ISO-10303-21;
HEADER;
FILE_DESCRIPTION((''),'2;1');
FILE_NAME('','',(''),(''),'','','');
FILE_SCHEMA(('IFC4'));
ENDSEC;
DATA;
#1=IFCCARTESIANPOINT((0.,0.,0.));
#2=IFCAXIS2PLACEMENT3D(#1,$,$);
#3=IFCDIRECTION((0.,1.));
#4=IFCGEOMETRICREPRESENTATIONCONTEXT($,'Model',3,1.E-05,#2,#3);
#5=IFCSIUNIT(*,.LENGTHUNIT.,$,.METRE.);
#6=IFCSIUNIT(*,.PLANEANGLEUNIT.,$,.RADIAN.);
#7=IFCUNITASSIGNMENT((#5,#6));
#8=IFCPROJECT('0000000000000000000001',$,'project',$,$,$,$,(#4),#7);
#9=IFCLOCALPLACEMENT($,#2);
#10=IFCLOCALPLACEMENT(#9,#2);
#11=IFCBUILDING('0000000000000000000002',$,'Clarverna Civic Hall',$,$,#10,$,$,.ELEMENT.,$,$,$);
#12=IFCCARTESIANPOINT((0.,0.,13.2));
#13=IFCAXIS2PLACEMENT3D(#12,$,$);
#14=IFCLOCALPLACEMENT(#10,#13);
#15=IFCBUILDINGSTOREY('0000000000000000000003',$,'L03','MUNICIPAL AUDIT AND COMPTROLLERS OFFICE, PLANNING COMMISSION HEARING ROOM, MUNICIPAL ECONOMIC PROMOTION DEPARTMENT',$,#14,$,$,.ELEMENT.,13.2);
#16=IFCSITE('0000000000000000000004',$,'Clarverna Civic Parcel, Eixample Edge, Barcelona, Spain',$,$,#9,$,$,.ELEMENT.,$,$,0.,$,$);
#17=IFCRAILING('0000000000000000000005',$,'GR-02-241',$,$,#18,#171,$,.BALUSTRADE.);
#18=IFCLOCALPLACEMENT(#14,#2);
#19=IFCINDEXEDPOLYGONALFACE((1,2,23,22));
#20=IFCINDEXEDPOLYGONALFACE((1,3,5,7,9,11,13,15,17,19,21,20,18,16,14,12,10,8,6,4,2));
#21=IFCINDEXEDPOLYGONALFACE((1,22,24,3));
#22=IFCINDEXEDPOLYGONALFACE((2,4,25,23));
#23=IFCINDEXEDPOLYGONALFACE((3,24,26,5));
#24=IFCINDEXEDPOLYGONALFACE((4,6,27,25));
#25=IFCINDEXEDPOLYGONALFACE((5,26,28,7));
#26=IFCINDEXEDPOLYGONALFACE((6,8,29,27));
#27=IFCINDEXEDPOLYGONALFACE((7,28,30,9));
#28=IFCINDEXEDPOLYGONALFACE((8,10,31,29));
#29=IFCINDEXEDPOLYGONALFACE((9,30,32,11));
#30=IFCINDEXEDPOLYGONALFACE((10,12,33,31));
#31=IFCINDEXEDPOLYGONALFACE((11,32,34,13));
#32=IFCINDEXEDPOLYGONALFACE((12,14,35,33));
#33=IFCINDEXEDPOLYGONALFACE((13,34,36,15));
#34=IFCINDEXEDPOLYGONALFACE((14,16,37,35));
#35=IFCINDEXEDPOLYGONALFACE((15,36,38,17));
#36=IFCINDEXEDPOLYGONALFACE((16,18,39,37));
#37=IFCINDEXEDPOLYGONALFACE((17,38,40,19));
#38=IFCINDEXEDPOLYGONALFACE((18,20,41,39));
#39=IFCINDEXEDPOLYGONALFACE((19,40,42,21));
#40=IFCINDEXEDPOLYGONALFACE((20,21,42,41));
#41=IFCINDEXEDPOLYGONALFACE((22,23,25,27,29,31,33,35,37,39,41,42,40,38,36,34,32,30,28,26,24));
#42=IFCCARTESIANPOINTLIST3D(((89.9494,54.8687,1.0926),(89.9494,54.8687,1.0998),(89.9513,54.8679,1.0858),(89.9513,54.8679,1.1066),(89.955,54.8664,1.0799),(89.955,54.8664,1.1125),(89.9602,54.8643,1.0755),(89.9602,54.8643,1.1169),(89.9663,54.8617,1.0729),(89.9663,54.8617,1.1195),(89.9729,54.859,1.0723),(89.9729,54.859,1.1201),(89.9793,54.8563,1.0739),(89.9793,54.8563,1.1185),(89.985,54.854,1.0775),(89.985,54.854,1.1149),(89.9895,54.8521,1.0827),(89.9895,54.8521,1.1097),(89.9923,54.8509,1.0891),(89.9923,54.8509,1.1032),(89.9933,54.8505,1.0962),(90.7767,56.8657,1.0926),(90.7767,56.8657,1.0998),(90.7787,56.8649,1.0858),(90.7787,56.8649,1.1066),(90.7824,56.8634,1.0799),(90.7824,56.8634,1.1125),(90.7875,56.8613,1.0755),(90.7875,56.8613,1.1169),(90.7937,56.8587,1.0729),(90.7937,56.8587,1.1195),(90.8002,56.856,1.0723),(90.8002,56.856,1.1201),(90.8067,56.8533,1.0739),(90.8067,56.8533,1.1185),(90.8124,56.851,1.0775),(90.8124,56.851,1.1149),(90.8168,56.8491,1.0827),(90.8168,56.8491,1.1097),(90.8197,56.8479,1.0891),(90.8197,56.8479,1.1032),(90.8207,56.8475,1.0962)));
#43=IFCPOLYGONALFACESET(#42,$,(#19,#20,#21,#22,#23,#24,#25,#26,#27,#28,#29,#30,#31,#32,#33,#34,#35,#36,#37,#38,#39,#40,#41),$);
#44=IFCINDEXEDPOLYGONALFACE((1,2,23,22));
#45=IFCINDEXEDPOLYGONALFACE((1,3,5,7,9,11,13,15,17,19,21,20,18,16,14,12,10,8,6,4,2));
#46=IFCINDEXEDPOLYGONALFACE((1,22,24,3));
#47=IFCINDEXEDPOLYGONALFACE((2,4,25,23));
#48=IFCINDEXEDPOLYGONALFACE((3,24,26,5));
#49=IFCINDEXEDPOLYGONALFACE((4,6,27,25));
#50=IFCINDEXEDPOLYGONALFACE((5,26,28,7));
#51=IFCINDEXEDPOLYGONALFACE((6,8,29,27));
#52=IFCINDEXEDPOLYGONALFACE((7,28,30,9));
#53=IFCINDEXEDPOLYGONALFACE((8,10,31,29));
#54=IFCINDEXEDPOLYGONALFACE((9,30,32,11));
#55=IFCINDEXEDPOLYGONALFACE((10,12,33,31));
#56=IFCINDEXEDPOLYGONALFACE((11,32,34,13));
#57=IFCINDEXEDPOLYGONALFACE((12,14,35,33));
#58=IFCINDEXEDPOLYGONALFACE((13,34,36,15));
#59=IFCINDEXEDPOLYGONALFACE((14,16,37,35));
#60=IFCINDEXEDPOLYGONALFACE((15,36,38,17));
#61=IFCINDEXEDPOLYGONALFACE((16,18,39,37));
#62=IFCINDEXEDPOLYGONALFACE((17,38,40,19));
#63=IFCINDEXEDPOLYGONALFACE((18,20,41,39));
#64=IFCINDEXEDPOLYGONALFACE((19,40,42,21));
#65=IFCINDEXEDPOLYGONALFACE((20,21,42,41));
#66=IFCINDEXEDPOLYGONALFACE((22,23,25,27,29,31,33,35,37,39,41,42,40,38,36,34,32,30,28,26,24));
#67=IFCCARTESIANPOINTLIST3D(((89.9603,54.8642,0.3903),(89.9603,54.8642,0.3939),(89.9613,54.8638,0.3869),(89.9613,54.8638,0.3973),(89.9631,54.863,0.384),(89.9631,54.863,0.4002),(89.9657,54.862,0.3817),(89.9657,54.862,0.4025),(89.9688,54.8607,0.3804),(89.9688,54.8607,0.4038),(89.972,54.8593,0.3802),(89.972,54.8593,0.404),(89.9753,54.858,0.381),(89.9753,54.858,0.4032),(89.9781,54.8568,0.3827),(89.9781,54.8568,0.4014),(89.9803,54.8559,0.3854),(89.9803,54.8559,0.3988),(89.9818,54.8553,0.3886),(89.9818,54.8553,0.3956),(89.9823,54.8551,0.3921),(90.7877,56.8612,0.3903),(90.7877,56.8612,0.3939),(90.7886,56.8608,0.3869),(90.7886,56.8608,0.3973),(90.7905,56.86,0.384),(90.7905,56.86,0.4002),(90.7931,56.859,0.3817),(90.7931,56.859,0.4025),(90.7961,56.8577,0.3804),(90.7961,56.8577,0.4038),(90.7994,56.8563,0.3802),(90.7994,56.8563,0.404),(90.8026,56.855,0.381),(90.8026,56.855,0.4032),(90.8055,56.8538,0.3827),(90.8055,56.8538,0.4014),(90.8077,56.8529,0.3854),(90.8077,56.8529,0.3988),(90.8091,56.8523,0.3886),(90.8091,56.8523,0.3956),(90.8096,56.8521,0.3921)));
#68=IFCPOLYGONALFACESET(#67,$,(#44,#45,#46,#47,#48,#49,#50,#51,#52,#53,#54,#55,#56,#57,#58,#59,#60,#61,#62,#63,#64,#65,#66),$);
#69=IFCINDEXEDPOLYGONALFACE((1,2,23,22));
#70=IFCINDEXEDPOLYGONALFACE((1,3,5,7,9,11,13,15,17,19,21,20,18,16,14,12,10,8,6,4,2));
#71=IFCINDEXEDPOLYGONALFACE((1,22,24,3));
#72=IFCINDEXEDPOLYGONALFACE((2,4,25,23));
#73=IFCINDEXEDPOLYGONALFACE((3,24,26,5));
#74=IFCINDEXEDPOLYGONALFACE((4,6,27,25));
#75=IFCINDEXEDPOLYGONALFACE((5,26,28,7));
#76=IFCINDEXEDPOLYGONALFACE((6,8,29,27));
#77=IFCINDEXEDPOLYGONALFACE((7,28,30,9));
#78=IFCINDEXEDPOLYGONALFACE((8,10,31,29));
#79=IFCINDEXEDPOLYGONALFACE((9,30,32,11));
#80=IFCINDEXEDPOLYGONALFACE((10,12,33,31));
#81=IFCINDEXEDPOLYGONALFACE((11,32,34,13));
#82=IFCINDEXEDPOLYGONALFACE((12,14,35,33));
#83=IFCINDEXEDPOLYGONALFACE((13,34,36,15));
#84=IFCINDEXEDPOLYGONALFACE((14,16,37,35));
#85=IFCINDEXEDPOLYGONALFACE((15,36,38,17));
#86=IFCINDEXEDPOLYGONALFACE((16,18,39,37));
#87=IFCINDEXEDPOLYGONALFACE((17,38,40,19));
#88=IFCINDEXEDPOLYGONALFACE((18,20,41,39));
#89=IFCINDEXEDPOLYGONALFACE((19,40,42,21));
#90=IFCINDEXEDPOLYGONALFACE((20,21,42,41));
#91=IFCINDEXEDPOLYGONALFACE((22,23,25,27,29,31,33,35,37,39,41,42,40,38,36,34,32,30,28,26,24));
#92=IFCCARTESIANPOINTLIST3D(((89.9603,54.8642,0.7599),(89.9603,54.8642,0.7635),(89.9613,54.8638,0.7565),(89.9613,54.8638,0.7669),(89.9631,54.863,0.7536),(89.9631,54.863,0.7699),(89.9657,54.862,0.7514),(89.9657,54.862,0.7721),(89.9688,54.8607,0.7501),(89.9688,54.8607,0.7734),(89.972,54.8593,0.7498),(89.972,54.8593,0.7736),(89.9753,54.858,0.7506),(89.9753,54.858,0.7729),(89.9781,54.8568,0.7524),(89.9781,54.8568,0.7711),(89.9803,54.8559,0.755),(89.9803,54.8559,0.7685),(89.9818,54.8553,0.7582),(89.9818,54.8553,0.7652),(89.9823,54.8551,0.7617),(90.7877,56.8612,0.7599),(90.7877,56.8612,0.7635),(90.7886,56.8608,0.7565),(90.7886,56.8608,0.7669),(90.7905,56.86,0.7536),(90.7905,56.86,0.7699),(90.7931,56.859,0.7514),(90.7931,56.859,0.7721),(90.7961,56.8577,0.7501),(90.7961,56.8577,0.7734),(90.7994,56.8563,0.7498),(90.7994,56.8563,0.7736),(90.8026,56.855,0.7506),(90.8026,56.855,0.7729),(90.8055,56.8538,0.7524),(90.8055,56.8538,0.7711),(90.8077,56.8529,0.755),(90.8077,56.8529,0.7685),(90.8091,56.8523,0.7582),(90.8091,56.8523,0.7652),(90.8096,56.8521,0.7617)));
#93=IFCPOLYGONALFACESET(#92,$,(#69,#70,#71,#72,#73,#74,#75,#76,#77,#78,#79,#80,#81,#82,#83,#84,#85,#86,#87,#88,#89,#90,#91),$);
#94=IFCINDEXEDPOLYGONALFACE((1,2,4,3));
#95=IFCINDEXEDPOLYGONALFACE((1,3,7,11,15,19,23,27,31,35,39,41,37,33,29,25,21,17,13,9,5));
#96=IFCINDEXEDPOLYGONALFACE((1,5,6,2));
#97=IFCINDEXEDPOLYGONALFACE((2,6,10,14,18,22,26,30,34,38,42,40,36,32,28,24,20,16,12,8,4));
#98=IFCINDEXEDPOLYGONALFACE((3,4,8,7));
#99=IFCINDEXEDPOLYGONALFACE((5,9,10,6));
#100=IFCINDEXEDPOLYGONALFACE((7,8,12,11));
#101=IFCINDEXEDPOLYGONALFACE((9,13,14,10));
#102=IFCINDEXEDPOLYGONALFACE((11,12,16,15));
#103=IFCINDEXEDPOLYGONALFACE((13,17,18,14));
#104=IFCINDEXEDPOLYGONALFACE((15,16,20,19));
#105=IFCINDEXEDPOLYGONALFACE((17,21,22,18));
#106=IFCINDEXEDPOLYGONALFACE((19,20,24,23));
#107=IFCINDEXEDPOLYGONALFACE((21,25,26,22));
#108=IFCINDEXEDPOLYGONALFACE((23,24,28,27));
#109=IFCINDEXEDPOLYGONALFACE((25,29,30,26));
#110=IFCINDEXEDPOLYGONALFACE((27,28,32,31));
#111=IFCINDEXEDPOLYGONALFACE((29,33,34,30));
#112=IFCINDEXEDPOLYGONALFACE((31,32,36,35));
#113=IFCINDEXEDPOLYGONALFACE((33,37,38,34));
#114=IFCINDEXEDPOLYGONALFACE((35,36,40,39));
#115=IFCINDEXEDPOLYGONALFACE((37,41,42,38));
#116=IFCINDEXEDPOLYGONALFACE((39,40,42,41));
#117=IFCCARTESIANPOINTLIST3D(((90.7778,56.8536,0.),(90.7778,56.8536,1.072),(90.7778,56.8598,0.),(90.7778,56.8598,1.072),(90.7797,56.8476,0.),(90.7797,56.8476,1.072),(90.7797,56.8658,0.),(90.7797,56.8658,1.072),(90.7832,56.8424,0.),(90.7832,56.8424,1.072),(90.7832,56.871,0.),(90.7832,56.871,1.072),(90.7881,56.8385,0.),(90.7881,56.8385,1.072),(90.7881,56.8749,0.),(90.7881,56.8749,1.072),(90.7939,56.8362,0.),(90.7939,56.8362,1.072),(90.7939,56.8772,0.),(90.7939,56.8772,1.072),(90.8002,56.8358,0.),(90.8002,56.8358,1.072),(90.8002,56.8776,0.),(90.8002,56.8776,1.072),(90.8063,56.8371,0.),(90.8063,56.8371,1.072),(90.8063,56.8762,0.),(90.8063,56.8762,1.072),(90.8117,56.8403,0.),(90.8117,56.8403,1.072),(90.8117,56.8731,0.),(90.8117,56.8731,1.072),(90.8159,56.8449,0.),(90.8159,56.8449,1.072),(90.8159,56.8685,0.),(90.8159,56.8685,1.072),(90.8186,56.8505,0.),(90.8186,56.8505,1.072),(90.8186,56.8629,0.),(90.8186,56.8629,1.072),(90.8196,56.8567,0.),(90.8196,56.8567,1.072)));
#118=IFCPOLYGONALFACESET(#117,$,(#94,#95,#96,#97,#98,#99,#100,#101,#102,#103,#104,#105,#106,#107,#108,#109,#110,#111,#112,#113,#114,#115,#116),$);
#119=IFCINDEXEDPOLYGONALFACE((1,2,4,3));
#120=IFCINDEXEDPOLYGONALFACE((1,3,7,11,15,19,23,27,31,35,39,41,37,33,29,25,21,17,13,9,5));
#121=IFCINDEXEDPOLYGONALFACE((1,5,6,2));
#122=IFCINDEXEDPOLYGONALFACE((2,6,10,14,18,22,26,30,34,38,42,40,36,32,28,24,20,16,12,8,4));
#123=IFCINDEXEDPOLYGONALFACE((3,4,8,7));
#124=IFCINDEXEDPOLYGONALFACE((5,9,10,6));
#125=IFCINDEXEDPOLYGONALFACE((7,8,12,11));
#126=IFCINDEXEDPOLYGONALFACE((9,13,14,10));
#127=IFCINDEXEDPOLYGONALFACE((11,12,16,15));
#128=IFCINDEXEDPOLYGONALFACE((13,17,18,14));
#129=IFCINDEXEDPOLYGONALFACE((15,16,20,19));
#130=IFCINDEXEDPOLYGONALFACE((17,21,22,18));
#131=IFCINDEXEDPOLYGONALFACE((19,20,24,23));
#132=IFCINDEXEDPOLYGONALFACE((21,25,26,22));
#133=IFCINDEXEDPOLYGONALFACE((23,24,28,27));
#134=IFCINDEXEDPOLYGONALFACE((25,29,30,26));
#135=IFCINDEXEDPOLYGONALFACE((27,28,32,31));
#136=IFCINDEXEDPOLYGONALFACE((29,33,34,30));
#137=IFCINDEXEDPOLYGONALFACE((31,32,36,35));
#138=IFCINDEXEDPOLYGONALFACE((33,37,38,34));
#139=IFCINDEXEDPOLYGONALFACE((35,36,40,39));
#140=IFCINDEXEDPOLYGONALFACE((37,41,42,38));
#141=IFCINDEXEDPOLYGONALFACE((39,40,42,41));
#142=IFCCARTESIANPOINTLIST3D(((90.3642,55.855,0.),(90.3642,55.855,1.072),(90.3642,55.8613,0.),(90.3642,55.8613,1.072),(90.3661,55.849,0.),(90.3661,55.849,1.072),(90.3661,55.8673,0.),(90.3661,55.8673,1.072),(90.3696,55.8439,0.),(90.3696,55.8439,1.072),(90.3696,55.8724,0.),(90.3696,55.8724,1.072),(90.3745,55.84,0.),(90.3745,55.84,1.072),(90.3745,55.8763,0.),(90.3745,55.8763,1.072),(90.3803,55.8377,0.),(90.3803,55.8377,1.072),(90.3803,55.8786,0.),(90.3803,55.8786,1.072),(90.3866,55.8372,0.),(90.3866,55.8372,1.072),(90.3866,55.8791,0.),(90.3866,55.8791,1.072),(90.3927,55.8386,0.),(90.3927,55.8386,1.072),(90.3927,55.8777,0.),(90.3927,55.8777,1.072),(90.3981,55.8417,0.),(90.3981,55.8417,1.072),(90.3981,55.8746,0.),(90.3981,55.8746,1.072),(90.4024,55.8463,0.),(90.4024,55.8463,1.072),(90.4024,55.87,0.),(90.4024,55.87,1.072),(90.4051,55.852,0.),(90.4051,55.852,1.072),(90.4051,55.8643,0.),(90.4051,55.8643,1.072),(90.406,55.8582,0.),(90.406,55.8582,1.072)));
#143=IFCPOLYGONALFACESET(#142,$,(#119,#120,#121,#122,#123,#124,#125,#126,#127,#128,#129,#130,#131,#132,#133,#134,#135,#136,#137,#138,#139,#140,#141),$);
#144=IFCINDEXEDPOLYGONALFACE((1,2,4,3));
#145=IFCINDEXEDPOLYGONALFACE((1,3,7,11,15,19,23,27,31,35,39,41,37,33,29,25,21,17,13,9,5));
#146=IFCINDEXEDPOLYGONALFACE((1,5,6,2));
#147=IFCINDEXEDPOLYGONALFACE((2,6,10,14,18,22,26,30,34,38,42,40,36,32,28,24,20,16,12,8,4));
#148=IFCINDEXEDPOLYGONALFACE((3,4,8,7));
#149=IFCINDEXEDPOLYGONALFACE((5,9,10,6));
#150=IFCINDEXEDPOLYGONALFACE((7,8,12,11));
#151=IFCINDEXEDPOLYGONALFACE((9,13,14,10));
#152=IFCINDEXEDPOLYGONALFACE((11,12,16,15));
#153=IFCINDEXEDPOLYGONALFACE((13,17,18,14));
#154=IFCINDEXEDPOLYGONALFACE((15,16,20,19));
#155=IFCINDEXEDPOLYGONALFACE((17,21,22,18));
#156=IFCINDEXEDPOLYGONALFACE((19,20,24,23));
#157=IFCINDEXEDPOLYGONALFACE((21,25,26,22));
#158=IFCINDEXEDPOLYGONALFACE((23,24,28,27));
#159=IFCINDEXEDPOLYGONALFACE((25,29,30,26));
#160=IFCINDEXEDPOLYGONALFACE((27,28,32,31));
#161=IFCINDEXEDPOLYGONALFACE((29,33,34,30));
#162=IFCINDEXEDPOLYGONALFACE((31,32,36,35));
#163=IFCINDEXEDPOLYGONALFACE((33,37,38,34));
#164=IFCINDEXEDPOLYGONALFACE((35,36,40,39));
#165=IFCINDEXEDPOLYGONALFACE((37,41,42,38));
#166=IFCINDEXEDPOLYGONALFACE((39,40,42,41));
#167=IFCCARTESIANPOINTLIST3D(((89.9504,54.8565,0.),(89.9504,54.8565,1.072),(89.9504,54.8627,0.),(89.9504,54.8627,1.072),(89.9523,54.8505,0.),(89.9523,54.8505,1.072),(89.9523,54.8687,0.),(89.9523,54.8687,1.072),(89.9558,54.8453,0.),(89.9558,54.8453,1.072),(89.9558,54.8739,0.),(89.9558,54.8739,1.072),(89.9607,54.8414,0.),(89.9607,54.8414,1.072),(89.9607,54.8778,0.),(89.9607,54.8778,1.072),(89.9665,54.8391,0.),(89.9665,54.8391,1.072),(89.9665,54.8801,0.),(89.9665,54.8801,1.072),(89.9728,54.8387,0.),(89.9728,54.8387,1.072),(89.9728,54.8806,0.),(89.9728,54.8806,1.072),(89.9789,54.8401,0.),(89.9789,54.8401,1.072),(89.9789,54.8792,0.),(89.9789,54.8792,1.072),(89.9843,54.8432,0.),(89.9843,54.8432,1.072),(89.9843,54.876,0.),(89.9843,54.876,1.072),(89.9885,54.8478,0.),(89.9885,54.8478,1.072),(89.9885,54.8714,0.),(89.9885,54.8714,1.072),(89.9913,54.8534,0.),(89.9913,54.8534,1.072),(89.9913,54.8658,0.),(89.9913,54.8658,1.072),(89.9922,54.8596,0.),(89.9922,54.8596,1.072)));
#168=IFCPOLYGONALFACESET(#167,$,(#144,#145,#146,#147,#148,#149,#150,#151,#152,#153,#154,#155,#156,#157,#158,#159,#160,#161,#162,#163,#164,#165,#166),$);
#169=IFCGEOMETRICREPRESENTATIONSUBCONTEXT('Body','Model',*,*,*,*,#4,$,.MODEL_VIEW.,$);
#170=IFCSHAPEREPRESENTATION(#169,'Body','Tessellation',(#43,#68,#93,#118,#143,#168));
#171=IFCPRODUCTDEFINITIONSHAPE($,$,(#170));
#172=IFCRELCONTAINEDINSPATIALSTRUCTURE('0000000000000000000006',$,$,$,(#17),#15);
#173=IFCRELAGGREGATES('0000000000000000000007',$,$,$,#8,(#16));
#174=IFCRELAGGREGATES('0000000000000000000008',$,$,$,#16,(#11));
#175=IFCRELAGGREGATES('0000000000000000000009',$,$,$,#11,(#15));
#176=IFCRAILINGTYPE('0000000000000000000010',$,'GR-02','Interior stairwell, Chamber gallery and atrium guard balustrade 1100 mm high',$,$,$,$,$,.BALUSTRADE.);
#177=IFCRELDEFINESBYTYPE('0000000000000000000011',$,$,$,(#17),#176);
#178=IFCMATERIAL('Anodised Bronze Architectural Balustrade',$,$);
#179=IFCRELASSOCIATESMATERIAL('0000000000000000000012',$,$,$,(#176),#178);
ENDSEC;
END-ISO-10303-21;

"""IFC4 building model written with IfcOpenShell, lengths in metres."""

from ifc_helpers import new_model, si_unit, direction, frame, origin, origin_2d, place, context, subcontext, project, spatial, circle, extrude, material, type_object, element, save


model = new_model("IFC4")

# Units and contexts
model_context = context("Model", 3, precision=1e-05, world=origin(), true_north=direction((0.0, 1.0)))
body_context = subcontext(model_context, "Body", "Model", "MODEL_VIEW")
ifc_project = project(units=[si_unit("LENGTHUNIT", "METRE"), si_unit("PLANEANGLEUNIT", "RADIAN")], contexts=[model_context])

# Site, building, storey
site_placement = place(None, origin())
site = spatial("IfcSite", under=ifc_project, at=site_placement, Name="Clarverna Civic Parcel, Eixample Edge, Barcelona, Spain", CompositionType="ELEMENT", RefElevation=0.0)
building_placement = place(site_placement, origin())
building = spatial("IfcBuilding", under=site, at=building_placement, Name="Clarverna Civic Hall", CompositionType="ELEMENT")
storey_placement = place(building_placement, frame((0.0, 0.0, 13.2)))
storey = spatial("IfcBuildingStorey", under=building, at=storey_placement, Name="L03", Description="MUNICIPAL AUDIT AND COMPTROLLERS OFFICE, PLANNING COMMISSION HEARING ROOM, MUNICIPAL ECONOMIC PROMOTION DEPARTMENT", CompositionType="ELEMENT", Elevation=13.2)

# Railing
ifc_material_1 = material(Name="Anodised Bronze Architectural Balustrade")
railing_type_1 = type_object("IfcRailingType", Name="GR-02", Description="Interior stairwell, Chamber gallery and atrium guard balustrade 1100 mm high", PredefinedType="BALUSTRADE", material=ifc_material_1)
railing_1_placement = place(storey_placement, frame((90.7986, 56.8567, 0.0)))
element("IfcRailing", 1, at=railing_1_placement, inside=storey, type_object=railing_type_1, Name="GR-02-241", PredefinedType="BALUSTRADE", context=body_context, shape_type="SweptSolid", body=[
    extrude(circle(Radius=0.0239, at=origin_2d()), frame((0.0, 0.0, 1.0962), z_axis=(-0.382754, -0.92385, 0.0), x_axis=(0.92385, -0.382754, 0.0)), (0.0, 0.0, 1.0), 2.1616),
    extrude(circle(Radius=0.012, at=origin_2d()), frame((0.0, 0.0, 0.3921), z_axis=(-0.382754, -0.92385, 0.0), x_axis=(0.92385, -0.382754, 0.0)), (0.0, 0.0, 1.0), 2.1616),
    extrude(circle(Radius=0.012, at=origin_2d()), frame((0.0, 0.0, 0.7617), z_axis=(-0.382754, -0.92385, 0.0), x_axis=(0.92385, -0.382754, 0.0)), (0.0, 0.0, 1.0), 2.1616),
    extrude(circle(Radius=0.021, at=origin_2d()), origin(), (0.0, 0.0, 1.0), 1.072),
    extrude(circle(Radius=0.021, at=origin_2d()), frame((-0.4136, -0.9985, 0.0)), (0.0, 0.0, 1.0), 1.072),
    extrude(circle(Radius=0.021, at=origin_2d()), frame((-0.8274, -1.9971, 0.0)), (0.0, 0.0, 1.0), 1.072),
])

save(model, "model.ifc")
